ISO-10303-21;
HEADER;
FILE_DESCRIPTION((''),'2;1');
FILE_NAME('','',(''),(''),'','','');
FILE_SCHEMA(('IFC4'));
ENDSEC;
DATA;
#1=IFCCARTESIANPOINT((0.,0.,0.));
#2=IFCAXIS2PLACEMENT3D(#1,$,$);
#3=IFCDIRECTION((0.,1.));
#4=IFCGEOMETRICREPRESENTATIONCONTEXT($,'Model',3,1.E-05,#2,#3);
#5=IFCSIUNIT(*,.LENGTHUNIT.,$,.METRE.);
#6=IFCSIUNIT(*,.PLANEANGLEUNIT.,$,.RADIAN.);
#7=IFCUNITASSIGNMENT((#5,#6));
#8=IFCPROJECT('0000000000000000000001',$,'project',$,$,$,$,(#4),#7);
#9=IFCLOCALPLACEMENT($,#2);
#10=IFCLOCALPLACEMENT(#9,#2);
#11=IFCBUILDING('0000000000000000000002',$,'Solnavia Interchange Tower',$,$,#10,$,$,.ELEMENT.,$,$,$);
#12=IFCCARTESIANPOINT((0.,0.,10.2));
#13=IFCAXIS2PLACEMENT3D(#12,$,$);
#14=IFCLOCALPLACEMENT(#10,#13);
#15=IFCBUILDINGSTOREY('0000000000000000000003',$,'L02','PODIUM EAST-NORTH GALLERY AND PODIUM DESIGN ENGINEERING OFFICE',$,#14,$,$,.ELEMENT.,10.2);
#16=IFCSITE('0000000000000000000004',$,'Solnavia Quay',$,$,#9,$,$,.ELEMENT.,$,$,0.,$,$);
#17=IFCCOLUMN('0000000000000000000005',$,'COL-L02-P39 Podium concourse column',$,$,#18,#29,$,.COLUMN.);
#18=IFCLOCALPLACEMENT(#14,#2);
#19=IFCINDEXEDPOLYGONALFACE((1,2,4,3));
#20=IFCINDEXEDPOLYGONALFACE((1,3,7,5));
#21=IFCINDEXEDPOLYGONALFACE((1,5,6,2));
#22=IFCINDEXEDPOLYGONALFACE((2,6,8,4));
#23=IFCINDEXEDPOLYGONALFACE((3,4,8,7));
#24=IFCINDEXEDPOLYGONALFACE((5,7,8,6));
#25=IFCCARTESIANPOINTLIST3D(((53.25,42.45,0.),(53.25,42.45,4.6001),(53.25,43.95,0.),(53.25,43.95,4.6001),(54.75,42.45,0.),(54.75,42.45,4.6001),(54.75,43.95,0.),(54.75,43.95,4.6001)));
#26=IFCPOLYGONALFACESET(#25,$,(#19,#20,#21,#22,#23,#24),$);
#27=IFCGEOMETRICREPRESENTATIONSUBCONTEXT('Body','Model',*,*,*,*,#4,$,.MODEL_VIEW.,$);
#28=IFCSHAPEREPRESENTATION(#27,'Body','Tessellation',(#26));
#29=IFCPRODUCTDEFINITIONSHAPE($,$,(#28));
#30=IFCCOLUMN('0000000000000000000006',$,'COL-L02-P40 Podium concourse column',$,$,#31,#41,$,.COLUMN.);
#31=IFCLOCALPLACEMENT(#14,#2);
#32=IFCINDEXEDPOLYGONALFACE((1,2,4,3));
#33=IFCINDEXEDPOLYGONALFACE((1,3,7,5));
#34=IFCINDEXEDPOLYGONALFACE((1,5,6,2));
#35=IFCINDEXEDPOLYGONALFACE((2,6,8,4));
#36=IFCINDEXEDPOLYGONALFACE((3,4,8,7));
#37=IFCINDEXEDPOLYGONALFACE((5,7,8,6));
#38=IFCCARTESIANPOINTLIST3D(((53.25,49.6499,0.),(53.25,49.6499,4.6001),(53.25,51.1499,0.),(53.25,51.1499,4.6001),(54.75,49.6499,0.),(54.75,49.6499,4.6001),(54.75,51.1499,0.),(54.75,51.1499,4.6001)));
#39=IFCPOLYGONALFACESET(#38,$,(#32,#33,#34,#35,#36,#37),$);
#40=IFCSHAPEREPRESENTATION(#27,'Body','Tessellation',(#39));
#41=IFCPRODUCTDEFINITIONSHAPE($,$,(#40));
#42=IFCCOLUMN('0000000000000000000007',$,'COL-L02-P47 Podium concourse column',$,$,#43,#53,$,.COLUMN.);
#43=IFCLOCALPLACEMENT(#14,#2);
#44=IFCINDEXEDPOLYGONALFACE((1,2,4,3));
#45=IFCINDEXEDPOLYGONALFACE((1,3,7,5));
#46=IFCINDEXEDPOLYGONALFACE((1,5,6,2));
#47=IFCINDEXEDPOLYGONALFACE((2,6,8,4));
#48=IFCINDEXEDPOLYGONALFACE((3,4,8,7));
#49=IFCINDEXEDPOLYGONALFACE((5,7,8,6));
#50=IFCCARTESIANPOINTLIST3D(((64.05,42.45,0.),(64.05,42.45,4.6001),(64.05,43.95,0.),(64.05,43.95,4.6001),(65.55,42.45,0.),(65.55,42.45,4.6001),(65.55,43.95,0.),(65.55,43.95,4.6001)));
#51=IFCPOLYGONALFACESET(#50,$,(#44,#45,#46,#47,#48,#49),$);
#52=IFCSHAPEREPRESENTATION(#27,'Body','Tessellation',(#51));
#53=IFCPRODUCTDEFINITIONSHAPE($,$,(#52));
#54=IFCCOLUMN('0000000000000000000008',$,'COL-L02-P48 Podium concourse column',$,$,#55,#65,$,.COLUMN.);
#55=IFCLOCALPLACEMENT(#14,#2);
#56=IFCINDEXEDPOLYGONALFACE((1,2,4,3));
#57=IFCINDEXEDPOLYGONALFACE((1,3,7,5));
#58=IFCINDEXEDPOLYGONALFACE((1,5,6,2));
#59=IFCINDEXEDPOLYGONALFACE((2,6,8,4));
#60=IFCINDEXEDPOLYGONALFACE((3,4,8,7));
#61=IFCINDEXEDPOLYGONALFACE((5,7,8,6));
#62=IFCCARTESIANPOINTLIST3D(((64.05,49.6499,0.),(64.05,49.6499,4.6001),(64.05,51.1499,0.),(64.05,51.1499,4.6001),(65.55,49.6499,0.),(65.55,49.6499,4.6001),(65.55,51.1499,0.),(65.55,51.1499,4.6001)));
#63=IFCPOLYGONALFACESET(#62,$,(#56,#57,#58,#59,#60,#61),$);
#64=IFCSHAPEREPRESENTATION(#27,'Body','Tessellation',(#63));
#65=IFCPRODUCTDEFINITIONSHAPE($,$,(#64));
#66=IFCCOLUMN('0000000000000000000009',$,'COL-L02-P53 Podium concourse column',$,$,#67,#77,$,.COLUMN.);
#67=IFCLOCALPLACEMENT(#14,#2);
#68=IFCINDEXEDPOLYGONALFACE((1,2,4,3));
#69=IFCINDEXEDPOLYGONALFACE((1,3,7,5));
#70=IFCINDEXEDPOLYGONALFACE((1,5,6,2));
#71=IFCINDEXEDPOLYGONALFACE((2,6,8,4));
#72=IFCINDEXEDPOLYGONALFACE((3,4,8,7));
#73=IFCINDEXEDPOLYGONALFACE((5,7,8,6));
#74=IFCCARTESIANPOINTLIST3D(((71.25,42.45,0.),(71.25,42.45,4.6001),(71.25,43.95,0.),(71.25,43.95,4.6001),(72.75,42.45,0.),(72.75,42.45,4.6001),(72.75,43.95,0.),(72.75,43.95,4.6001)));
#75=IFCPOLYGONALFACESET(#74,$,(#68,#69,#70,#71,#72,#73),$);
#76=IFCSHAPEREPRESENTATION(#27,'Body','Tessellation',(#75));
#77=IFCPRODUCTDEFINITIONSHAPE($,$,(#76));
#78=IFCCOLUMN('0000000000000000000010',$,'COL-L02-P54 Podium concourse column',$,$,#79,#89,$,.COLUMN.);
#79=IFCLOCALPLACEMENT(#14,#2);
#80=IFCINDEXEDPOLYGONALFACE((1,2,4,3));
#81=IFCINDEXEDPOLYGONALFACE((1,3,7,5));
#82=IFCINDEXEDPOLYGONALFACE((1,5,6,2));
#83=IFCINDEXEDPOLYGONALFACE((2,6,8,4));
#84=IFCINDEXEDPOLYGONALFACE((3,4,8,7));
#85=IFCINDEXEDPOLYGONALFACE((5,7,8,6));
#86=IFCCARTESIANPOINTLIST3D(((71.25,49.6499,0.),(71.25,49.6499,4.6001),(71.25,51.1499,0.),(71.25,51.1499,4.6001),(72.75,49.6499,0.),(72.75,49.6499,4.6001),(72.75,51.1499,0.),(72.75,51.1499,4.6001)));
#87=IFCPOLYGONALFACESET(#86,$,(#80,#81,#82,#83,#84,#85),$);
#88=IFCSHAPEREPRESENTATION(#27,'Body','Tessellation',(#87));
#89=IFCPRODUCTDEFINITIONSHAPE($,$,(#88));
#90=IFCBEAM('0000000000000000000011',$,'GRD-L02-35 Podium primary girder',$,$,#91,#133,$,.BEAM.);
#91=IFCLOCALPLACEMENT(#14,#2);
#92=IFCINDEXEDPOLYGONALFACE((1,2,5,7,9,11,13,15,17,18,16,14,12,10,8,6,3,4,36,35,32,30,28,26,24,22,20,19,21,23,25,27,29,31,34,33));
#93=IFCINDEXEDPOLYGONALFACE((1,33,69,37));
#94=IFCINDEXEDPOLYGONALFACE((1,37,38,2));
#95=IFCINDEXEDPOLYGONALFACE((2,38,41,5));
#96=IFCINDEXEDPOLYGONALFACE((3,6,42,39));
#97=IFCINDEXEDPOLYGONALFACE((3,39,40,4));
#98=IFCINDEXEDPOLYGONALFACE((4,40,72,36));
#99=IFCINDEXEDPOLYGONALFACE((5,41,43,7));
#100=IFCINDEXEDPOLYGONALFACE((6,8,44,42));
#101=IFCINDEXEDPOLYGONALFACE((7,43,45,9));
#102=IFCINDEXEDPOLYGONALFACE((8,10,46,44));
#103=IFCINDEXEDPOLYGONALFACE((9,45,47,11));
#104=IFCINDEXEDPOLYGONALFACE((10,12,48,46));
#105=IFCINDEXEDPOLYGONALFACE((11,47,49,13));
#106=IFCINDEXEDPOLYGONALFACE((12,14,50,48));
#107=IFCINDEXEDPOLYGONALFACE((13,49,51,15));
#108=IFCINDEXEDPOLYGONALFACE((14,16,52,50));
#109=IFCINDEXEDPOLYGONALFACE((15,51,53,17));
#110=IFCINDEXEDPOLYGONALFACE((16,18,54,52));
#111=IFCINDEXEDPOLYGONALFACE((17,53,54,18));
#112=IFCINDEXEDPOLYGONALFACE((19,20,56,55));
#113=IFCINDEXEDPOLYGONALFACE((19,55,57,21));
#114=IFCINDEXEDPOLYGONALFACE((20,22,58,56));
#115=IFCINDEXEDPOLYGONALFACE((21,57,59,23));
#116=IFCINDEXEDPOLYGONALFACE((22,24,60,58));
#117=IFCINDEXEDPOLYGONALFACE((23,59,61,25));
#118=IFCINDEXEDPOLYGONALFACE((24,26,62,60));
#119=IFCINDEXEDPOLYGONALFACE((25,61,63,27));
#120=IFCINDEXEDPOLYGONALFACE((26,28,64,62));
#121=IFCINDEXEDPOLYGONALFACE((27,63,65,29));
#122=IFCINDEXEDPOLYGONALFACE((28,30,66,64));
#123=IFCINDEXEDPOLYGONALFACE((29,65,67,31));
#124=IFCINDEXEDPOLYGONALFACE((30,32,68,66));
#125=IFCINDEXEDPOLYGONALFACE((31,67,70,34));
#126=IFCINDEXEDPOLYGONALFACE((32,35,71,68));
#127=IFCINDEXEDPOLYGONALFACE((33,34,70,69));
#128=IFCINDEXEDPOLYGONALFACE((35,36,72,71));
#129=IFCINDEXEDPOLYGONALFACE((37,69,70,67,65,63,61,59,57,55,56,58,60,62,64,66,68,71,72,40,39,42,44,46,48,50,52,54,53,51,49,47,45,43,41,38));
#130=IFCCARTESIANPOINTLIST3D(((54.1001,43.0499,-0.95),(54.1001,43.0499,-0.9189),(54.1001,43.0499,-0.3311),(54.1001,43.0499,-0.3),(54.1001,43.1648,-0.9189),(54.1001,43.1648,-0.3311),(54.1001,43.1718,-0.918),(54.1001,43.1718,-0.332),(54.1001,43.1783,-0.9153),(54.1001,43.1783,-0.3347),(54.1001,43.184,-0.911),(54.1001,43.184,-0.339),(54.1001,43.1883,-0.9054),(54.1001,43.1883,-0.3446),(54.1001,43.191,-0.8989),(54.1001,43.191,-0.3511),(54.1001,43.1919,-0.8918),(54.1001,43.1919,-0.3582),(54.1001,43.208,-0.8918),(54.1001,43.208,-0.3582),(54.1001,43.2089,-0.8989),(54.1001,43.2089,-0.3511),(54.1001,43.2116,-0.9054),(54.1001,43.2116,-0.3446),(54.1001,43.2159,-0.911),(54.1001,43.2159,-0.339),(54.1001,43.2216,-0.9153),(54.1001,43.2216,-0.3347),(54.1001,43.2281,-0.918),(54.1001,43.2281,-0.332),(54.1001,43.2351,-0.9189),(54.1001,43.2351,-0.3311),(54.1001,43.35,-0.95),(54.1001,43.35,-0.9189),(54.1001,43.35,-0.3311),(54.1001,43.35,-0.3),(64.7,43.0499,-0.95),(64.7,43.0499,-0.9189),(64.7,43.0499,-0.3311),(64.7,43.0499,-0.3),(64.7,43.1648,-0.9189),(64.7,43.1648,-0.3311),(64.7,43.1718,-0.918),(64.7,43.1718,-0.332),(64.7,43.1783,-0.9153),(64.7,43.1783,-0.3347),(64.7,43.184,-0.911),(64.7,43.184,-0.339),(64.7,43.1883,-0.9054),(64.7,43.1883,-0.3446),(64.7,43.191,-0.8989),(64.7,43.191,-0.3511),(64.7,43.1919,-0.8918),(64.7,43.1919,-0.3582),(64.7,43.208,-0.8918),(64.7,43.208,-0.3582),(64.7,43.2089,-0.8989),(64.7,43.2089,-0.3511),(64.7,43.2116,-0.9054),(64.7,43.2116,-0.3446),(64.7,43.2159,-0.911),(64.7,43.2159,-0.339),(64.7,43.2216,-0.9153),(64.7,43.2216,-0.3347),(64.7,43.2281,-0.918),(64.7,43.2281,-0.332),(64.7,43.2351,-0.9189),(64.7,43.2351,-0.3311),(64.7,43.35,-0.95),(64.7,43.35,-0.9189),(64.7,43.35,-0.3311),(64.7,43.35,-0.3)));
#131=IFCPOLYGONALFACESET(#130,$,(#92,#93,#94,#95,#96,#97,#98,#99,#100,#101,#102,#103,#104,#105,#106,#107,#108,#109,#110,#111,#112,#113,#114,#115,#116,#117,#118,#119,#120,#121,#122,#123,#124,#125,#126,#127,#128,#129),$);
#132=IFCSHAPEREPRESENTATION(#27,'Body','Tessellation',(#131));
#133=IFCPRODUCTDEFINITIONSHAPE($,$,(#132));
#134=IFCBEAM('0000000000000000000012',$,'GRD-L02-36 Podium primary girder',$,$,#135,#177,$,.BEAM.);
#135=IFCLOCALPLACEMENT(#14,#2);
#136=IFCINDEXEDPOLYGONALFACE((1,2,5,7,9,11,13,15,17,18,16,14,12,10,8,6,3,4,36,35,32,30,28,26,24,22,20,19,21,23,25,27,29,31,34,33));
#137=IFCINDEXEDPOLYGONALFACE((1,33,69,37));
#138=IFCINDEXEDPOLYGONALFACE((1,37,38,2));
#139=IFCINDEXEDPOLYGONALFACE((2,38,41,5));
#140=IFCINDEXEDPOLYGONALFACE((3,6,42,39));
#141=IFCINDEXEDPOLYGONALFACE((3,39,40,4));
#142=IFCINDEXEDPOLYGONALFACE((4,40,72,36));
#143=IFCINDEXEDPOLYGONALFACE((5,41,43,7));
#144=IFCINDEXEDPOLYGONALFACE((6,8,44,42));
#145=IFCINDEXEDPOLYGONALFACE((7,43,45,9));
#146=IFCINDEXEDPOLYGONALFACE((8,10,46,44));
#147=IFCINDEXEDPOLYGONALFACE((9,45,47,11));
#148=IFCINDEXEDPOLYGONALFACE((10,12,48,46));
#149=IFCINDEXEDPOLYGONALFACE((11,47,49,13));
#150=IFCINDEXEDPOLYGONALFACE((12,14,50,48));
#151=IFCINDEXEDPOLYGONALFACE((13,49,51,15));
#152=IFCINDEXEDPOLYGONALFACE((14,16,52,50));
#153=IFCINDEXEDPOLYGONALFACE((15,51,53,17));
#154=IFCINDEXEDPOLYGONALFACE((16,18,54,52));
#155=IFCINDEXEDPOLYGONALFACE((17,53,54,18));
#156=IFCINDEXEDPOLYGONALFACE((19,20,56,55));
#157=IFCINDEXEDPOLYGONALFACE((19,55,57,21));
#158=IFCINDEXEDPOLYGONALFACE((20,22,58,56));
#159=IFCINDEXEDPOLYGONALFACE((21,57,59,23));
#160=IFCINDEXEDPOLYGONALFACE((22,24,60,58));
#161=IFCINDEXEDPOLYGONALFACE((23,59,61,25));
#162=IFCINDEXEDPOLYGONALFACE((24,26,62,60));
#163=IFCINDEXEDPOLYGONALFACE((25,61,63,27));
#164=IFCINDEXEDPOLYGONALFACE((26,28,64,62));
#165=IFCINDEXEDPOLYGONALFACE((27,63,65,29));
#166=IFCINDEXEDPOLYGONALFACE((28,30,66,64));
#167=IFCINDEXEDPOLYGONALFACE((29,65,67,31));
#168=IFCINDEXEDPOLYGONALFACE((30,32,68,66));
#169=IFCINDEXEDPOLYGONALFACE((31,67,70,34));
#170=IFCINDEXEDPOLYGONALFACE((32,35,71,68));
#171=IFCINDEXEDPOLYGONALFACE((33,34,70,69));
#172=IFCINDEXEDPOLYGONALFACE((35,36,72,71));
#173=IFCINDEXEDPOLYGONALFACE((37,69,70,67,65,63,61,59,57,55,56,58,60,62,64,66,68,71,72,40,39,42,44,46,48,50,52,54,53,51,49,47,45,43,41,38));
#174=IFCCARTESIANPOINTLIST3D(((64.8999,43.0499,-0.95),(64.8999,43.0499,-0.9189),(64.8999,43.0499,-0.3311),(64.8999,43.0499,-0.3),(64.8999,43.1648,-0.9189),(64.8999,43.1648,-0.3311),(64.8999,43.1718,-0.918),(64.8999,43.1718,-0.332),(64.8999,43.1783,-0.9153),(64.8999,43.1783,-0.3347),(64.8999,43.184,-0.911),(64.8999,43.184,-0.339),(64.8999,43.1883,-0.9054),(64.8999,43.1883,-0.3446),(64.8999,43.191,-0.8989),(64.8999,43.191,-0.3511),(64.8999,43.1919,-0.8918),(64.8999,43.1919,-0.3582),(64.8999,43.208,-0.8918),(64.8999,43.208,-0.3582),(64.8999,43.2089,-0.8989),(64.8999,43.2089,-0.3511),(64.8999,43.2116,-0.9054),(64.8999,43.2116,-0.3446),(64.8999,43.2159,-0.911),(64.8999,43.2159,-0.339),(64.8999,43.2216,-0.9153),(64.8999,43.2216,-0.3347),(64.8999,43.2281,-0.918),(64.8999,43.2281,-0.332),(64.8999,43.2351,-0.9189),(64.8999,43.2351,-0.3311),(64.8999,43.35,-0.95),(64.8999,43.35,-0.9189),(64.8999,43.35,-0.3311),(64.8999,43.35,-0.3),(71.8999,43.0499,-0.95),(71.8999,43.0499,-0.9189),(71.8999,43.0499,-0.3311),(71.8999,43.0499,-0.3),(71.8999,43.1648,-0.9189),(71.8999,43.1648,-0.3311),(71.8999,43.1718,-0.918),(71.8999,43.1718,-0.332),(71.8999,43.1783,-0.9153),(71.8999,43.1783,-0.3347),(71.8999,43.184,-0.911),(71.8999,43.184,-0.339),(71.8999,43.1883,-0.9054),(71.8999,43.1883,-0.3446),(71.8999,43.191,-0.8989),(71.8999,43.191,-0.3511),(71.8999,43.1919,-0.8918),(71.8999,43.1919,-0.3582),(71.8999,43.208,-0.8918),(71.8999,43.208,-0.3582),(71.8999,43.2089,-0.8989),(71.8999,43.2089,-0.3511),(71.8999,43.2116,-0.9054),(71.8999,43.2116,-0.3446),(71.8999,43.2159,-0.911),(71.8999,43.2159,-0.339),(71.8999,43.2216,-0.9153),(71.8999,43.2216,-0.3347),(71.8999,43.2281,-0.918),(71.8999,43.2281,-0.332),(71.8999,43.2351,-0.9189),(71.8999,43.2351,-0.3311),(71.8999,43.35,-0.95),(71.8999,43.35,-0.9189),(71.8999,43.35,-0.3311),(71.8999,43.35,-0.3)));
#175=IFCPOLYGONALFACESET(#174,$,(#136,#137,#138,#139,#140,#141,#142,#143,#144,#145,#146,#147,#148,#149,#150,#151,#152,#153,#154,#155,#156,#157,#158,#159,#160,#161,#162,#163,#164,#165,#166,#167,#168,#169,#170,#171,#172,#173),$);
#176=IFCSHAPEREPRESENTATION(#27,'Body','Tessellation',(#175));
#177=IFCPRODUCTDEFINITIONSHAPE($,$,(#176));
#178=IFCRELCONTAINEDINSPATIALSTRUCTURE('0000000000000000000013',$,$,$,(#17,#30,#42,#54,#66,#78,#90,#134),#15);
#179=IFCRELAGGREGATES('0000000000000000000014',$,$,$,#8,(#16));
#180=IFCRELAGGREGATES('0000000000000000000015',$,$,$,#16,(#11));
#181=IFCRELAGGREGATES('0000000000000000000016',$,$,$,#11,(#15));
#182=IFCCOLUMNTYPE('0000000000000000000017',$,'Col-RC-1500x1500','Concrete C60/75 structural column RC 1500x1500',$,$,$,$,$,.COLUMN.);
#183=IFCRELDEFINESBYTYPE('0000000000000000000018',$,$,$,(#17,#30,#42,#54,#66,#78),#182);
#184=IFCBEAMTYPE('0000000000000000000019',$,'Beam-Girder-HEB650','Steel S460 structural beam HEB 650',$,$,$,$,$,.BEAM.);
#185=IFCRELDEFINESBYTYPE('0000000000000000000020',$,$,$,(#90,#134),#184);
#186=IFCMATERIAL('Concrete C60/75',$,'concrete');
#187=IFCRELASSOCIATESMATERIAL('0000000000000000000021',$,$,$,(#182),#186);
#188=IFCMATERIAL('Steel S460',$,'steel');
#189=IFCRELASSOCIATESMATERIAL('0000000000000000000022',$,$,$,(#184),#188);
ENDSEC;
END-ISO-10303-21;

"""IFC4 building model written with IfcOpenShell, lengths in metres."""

from ifc_helpers import new_model, si_unit, direction, frame, origin, origin_2d, place, context, subcontext, project, spatial, rectangle, i_section, extrude, material, material_profile, profile_set, type_object, element, save


model = new_model("IFC4")

# Units and contexts
model_context = context("Model", 3, precision=1e-05, world=origin(), true_north=direction((0.0, 1.0)))
body_context = subcontext(model_context, "Body", "Model", "MODEL_VIEW")
ifc_project = project(units=[si_unit("LENGTHUNIT", "METRE"), si_unit("PLANEANGLEUNIT", "RADIAN")], contexts=[model_context])

# Site, building, storey
site_placement = place(None, origin())
site = spatial("IfcSite", under=ifc_project, at=site_placement, Name="Solnavia Quay", CompositionType="ELEMENT", RefElevation=0.0)
building_placement = place(site_placement, origin())
building = spatial("IfcBuilding", under=site, at=building_placement, Name="Solnavia Interchange Tower", CompositionType="ELEMENT")
storey_placement = place(building_placement, frame((0.0, 0.0, 10.2)))
storey = spatial("IfcBuildingStorey", under=building, at=storey_placement, Name="L02", Description="PODIUM EAST-NORTH GALLERY AND PODIUM DESIGN ENGINEERING OFFICE", CompositionType="ELEMENT", Elevation=10.2)

# Columns
ifc_material_1 = material(Name="Concrete C60/75", Category="concrete")
ifc_material_profile_1 = material_profile(ifc_material_1, rectangle(XDim=1.5, YDim=1.5, at=origin_2d()), Name="RC 1500x1500")
ifc_profile_set_1 = profile_set([ifc_material_profile_1], Name="Concrete C60/75")
column_type = type_object("IfcColumnType", Name="Col-RC-1500x1500", Description="Concrete C60/75 structural column RC 1500x1500", PredefinedType="COLUMN", material=ifc_profile_set_1)
for number, where, z_axis, x_axis, name in (
    (1, (54.0, 43.2, 0.0), (0.0, 0.0, 1.0), (1.0, 0.0, 0.0), "COL-L02-P39 Podium concourse column"),
    (2, (54.0, 50.3999, 0.0), (0.0, 0.0, 1.0), (1.0, 0.0, 0.0), "COL-L02-P40 Podium concourse column"),
    (3, (64.8, 43.2, 0.0), (0.0, 0.0, 1.0), (1.0, 0.0, 0.0), "COL-L02-P47 Podium concourse column"),
    (4, (64.8, 50.3999, 0.0), (0.0, 0.0, 1.0), (1.0, 0.0, 0.0), "COL-L02-P48 Podium concourse column"),
    (5, (72.0, 43.2, 0.0), (0.0, 0.0, 1.0), (1.0, 0.0, 0.0), "COL-L02-P53 Podium concourse column"),
    (6, (72.0, 50.3999, 0.0), (0.0, 0.0, 1.0), (1.0, 0.0, 0.0), "COL-L02-P54 Podium concourse column"),
):
    element("IfcColumn", number, at=place(storey_placement, frame(where, z_axis=z_axis, x_axis=x_axis)), inside=storey, type_object=column_type, Name=name, PredefinedType="COLUMN", context=body_context, shape_type="SweptSolid", body=[
        extrude(rectangle(XDim=1.5, YDim=1.5, at=origin_2d()), origin(), (0.0, 0.0, 1.0), 4.6001),
    ])

# Beams
ifc_material_2 = material(Name="Steel S460", Category="steel")
ifc_material_profile_2 = material_profile(ifc_material_2, i_section(OverallWidth=0.3, OverallDepth=0.6499, WebThickness=0.0161, FlangeThickness=0.031, FilletRadius=0.0271, at=origin_2d()), Name="HEB 650")
ifc_profile_set_2 = profile_set([ifc_material_profile_2], Name="Steel S460")
beam_type_1 = type_object("IfcBeamType", Name="Beam-Girder-HEB650", Description="Steel S460 structural beam HEB 650", PredefinedType="BEAM", material=ifc_profile_set_2)
beam_1_placement = place(storey_placement, frame((54.1001, 43.2, -0.625), z_axis=(1.0, 0.0, 0.0), x_axis=(0.0, 1.0, 0.0)))
element("IfcBeam", 7, at=beam_1_placement, inside=storey, type_object=beam_type_1, Name="GRD-L02-35 Podium primary girder", PredefinedType="BEAM", context=body_context, shape_type="SweptSolid", body=[
    extrude(i_section(OverallWidth=0.3, OverallDepth=0.6499, WebThickness=0.0161, FlangeThickness=0.031, FilletRadius=0.0271, at=origin_2d()), origin(), (0.0, 0.0, 1.0), 10.5999),
])
beam_2_placement = place(storey_placement, frame((64.8999, 43.2, -0.625), z_axis=(1.0, 0.0, 0.0), x_axis=(0.0, 1.0, 0.0)))
element("IfcBeam", 8, at=beam_2_placement, inside=storey, type_object=beam_type_1, Name="GRD-L02-36 Podium primary girder", PredefinedType="BEAM", context=body_context, shape_type="SweptSolid", body=[
    extrude(i_section(OverallWidth=0.3, OverallDepth=0.6499, WebThickness=0.0161, FlangeThickness=0.031, FilletRadius=0.0271, at=origin_2d()), origin(), (0.0, 0.0, 1.0), 7.0),
])

save(model, "model.ifc")
